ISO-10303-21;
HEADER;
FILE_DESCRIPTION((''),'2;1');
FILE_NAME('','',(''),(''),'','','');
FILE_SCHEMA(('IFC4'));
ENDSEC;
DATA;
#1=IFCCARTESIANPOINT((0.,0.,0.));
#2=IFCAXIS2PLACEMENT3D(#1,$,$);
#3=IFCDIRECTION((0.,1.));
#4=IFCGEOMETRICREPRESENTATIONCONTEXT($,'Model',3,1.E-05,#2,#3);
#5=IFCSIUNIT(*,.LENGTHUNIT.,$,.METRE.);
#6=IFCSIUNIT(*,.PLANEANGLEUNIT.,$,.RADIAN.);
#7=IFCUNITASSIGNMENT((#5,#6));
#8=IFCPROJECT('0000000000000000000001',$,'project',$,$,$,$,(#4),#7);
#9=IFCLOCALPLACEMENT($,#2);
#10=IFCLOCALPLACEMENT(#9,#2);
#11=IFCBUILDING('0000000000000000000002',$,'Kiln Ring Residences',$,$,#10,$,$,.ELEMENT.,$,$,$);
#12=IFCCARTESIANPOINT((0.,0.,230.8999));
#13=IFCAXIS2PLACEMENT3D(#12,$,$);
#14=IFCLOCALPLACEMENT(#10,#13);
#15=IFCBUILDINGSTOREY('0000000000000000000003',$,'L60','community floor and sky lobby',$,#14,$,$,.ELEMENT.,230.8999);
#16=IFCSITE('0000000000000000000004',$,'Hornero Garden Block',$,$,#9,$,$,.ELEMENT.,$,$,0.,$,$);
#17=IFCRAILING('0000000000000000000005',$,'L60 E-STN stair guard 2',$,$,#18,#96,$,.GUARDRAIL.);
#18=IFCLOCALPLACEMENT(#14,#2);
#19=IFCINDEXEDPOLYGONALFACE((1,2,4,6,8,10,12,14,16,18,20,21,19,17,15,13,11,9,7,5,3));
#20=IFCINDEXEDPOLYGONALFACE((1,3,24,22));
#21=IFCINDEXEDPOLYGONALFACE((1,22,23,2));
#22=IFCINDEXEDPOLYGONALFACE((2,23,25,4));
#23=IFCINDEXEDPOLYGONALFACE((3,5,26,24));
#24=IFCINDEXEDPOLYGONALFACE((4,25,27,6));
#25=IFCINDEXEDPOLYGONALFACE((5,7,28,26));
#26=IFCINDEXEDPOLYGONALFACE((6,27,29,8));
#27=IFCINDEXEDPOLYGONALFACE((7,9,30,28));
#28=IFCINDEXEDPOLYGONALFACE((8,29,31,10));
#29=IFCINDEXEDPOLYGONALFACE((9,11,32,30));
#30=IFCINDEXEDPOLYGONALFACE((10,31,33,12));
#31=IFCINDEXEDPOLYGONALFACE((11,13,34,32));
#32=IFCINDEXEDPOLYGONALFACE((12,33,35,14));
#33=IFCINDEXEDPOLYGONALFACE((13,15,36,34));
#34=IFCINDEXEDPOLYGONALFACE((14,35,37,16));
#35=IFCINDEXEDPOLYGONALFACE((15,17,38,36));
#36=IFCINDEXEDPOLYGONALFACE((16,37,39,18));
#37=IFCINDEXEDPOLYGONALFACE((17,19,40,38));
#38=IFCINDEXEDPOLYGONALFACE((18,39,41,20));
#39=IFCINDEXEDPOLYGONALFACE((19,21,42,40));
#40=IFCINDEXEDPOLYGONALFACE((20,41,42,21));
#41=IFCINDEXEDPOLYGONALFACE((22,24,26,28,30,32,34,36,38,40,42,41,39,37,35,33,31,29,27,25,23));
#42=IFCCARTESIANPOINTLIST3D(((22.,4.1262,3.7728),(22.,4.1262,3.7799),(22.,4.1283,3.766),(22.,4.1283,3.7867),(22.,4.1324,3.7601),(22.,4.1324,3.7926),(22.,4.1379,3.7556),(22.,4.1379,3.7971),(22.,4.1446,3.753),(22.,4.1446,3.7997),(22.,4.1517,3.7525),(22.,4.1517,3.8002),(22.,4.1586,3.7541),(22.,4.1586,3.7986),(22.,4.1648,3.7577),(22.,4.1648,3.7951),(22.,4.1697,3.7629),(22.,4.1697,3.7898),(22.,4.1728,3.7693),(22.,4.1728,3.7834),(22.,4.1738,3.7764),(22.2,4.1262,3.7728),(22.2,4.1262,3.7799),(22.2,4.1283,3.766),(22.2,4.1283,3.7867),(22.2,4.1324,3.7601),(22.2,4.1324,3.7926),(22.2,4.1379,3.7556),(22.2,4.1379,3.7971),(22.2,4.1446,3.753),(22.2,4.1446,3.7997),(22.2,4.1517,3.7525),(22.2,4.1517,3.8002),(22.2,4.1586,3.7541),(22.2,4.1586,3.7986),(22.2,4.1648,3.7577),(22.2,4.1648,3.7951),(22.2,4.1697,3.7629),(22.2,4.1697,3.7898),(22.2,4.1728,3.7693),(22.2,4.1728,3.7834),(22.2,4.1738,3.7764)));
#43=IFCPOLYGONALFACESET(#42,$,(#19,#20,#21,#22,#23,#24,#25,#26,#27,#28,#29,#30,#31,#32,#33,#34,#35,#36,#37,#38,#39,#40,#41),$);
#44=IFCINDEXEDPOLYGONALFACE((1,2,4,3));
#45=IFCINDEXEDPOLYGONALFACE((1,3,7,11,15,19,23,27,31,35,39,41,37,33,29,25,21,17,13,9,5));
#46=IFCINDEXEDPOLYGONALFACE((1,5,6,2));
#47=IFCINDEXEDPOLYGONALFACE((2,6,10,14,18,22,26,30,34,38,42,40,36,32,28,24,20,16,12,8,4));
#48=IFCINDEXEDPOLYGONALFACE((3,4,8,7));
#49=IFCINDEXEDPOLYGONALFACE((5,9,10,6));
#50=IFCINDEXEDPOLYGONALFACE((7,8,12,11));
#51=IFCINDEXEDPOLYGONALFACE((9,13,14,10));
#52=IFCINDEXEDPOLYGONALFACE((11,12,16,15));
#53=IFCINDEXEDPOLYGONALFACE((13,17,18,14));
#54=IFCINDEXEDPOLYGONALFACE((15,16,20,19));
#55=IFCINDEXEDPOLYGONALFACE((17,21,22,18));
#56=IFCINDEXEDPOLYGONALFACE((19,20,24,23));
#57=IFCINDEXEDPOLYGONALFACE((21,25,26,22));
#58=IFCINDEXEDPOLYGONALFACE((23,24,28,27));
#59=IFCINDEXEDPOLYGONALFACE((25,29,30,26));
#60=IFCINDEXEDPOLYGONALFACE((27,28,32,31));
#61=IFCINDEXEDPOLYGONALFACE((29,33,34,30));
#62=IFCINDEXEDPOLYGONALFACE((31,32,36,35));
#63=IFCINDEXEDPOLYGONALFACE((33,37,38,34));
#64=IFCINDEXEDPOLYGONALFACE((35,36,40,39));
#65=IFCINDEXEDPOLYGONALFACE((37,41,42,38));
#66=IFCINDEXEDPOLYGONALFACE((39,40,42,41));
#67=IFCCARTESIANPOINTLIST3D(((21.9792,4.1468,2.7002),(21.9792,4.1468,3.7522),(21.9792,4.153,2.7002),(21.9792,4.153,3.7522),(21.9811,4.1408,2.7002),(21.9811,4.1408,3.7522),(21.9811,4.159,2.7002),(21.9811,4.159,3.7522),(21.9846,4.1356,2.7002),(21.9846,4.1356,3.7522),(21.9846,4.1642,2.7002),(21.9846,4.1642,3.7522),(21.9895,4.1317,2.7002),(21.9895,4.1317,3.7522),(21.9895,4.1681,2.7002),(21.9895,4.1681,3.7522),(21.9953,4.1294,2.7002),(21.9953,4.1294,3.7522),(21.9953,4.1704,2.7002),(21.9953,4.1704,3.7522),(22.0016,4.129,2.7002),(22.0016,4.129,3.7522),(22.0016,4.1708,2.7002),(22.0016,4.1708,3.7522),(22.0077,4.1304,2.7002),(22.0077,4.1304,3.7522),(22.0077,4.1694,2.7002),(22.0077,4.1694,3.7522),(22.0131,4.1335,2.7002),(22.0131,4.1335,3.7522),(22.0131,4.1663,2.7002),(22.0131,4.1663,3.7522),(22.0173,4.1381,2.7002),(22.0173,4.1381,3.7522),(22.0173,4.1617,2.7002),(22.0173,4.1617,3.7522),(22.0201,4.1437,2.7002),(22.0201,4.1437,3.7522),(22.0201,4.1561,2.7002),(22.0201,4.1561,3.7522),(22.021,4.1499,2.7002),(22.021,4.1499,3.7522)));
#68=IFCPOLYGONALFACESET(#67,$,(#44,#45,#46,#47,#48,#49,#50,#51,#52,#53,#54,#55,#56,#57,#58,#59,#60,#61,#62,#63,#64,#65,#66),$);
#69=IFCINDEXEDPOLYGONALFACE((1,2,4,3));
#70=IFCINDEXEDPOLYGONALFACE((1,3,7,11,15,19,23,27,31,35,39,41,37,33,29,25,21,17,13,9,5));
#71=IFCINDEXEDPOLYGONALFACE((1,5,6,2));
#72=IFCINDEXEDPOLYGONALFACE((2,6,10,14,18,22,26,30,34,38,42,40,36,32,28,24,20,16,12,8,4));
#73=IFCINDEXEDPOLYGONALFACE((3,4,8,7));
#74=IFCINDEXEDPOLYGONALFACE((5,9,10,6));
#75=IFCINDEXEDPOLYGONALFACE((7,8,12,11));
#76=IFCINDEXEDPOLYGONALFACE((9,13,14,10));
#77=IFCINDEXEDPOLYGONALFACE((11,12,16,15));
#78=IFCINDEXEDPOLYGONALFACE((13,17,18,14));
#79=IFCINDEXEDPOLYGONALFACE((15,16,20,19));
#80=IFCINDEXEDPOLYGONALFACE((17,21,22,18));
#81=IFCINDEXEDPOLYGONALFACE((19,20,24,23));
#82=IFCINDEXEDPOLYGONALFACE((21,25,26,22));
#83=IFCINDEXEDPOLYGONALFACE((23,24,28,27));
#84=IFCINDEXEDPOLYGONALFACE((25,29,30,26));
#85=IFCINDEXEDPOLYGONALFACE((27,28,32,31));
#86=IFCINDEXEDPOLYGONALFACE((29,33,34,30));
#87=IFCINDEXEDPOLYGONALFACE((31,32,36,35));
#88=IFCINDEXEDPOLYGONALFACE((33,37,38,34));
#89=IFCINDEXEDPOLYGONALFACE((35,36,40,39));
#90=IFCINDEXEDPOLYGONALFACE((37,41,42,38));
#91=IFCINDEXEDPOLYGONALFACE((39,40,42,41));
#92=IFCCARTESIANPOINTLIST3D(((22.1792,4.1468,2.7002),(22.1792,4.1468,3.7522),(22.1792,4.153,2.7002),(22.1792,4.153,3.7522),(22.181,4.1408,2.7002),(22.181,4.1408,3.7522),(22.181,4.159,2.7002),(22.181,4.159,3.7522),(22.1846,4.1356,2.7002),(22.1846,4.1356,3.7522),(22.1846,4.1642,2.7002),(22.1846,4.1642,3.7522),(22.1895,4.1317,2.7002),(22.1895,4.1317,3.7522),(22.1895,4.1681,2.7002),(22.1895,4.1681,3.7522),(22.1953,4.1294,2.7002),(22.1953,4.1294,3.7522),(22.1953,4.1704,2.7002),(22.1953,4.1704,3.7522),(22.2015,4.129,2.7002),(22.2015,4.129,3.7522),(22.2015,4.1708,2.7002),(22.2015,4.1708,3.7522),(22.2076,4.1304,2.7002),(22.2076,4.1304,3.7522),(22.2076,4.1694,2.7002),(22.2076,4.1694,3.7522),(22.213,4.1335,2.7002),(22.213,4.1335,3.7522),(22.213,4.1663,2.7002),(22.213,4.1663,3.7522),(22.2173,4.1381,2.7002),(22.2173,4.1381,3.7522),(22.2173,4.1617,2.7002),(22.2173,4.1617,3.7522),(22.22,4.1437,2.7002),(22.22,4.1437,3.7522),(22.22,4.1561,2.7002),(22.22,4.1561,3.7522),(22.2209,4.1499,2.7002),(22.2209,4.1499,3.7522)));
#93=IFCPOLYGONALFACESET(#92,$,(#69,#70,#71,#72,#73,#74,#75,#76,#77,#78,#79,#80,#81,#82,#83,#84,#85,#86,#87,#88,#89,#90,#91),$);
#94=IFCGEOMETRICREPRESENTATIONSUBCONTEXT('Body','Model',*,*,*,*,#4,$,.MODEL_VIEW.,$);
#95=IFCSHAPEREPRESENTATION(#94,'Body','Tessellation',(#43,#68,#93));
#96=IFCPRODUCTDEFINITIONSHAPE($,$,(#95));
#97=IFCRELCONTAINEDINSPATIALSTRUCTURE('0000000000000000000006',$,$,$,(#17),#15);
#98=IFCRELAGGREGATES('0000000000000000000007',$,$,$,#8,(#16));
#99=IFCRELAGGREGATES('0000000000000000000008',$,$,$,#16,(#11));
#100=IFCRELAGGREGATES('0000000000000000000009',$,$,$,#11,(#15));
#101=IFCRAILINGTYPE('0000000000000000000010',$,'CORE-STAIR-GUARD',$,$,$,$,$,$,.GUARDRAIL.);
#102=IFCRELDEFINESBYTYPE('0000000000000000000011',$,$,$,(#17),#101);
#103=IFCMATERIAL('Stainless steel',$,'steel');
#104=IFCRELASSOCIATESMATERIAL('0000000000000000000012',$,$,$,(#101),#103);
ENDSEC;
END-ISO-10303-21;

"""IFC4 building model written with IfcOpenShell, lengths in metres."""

from ifc_helpers import new_model, si_unit, direction, frame, origin, origin_2d, place, context, subcontext, project, spatial, circle, extrude, material, type_object, element, save


model = new_model("IFC4")

# Units and contexts
model_context = context("Model", 3, precision=1e-05, world=origin(), true_north=direction((0.0, 1.0)))
body_context = subcontext(model_context, "Body", "Model", "MODEL_VIEW")
ifc_project = project(units=[si_unit("LENGTHUNIT", "METRE"), si_unit("PLANEANGLEUNIT", "RADIAN")], contexts=[model_context])

# Site, building, storey
site_placement = place(None, origin())
site = spatial("IfcSite", under=ifc_project, at=site_placement, Name="Hornero Garden Block", CompositionType="ELEMENT", RefElevation=0.0)
building_placement = place(site_placement, origin())
building = spatial("IfcBuilding", under=site, at=building_placement, Name="Kiln Ring Residences", CompositionType="ELEMENT")
storey_placement = place(building_placement, frame((0.0, 0.0, 230.8999)))
storey = spatial("IfcBuildingStorey", under=building, at=storey_placement, Name="L60", Description="community floor and sky lobby", CompositionType="ELEMENT", Elevation=230.8999)

# Railing
ifc_material_1 = material(Name="Stainless steel", Category="steel")
railing_type_1 = type_object("IfcRailingType", Name="CORE-STAIR-GUARD", PredefinedType="GUARDRAIL", material=ifc_material_1)
railing_1_placement = place(storey_placement, frame((22.0, 4.1499, 2.7002)))
element("IfcRailing", 1, at=railing_1_placement, inside=storey, type_object=railing_type_1, Name="L60 E-STN stair guard 2", PredefinedType="GUARDRAIL", context=body_context, shape_type="SweptSolid", body=[
    extrude(circle(Radius=0.0239, at=origin_2d()), frame((0.0, 0.0, 1.0762), z_axis=(1.0, 0.0, 0.0), x_axis=(0.0, 1.0, 0.0)), (0.0, 0.0, 1.0), 0.2),
    extrude(circle(Radius=0.021, at=origin_2d()), origin(), (0.0, 0.0, 1.0), 1.052),
    extrude(circle(Radius=0.021, at=origin_2d()), frame((0.2, 0.0, 0.0)), (0.0, 0.0, 1.0), 1.052),
])

save(model, "model.ifc")
